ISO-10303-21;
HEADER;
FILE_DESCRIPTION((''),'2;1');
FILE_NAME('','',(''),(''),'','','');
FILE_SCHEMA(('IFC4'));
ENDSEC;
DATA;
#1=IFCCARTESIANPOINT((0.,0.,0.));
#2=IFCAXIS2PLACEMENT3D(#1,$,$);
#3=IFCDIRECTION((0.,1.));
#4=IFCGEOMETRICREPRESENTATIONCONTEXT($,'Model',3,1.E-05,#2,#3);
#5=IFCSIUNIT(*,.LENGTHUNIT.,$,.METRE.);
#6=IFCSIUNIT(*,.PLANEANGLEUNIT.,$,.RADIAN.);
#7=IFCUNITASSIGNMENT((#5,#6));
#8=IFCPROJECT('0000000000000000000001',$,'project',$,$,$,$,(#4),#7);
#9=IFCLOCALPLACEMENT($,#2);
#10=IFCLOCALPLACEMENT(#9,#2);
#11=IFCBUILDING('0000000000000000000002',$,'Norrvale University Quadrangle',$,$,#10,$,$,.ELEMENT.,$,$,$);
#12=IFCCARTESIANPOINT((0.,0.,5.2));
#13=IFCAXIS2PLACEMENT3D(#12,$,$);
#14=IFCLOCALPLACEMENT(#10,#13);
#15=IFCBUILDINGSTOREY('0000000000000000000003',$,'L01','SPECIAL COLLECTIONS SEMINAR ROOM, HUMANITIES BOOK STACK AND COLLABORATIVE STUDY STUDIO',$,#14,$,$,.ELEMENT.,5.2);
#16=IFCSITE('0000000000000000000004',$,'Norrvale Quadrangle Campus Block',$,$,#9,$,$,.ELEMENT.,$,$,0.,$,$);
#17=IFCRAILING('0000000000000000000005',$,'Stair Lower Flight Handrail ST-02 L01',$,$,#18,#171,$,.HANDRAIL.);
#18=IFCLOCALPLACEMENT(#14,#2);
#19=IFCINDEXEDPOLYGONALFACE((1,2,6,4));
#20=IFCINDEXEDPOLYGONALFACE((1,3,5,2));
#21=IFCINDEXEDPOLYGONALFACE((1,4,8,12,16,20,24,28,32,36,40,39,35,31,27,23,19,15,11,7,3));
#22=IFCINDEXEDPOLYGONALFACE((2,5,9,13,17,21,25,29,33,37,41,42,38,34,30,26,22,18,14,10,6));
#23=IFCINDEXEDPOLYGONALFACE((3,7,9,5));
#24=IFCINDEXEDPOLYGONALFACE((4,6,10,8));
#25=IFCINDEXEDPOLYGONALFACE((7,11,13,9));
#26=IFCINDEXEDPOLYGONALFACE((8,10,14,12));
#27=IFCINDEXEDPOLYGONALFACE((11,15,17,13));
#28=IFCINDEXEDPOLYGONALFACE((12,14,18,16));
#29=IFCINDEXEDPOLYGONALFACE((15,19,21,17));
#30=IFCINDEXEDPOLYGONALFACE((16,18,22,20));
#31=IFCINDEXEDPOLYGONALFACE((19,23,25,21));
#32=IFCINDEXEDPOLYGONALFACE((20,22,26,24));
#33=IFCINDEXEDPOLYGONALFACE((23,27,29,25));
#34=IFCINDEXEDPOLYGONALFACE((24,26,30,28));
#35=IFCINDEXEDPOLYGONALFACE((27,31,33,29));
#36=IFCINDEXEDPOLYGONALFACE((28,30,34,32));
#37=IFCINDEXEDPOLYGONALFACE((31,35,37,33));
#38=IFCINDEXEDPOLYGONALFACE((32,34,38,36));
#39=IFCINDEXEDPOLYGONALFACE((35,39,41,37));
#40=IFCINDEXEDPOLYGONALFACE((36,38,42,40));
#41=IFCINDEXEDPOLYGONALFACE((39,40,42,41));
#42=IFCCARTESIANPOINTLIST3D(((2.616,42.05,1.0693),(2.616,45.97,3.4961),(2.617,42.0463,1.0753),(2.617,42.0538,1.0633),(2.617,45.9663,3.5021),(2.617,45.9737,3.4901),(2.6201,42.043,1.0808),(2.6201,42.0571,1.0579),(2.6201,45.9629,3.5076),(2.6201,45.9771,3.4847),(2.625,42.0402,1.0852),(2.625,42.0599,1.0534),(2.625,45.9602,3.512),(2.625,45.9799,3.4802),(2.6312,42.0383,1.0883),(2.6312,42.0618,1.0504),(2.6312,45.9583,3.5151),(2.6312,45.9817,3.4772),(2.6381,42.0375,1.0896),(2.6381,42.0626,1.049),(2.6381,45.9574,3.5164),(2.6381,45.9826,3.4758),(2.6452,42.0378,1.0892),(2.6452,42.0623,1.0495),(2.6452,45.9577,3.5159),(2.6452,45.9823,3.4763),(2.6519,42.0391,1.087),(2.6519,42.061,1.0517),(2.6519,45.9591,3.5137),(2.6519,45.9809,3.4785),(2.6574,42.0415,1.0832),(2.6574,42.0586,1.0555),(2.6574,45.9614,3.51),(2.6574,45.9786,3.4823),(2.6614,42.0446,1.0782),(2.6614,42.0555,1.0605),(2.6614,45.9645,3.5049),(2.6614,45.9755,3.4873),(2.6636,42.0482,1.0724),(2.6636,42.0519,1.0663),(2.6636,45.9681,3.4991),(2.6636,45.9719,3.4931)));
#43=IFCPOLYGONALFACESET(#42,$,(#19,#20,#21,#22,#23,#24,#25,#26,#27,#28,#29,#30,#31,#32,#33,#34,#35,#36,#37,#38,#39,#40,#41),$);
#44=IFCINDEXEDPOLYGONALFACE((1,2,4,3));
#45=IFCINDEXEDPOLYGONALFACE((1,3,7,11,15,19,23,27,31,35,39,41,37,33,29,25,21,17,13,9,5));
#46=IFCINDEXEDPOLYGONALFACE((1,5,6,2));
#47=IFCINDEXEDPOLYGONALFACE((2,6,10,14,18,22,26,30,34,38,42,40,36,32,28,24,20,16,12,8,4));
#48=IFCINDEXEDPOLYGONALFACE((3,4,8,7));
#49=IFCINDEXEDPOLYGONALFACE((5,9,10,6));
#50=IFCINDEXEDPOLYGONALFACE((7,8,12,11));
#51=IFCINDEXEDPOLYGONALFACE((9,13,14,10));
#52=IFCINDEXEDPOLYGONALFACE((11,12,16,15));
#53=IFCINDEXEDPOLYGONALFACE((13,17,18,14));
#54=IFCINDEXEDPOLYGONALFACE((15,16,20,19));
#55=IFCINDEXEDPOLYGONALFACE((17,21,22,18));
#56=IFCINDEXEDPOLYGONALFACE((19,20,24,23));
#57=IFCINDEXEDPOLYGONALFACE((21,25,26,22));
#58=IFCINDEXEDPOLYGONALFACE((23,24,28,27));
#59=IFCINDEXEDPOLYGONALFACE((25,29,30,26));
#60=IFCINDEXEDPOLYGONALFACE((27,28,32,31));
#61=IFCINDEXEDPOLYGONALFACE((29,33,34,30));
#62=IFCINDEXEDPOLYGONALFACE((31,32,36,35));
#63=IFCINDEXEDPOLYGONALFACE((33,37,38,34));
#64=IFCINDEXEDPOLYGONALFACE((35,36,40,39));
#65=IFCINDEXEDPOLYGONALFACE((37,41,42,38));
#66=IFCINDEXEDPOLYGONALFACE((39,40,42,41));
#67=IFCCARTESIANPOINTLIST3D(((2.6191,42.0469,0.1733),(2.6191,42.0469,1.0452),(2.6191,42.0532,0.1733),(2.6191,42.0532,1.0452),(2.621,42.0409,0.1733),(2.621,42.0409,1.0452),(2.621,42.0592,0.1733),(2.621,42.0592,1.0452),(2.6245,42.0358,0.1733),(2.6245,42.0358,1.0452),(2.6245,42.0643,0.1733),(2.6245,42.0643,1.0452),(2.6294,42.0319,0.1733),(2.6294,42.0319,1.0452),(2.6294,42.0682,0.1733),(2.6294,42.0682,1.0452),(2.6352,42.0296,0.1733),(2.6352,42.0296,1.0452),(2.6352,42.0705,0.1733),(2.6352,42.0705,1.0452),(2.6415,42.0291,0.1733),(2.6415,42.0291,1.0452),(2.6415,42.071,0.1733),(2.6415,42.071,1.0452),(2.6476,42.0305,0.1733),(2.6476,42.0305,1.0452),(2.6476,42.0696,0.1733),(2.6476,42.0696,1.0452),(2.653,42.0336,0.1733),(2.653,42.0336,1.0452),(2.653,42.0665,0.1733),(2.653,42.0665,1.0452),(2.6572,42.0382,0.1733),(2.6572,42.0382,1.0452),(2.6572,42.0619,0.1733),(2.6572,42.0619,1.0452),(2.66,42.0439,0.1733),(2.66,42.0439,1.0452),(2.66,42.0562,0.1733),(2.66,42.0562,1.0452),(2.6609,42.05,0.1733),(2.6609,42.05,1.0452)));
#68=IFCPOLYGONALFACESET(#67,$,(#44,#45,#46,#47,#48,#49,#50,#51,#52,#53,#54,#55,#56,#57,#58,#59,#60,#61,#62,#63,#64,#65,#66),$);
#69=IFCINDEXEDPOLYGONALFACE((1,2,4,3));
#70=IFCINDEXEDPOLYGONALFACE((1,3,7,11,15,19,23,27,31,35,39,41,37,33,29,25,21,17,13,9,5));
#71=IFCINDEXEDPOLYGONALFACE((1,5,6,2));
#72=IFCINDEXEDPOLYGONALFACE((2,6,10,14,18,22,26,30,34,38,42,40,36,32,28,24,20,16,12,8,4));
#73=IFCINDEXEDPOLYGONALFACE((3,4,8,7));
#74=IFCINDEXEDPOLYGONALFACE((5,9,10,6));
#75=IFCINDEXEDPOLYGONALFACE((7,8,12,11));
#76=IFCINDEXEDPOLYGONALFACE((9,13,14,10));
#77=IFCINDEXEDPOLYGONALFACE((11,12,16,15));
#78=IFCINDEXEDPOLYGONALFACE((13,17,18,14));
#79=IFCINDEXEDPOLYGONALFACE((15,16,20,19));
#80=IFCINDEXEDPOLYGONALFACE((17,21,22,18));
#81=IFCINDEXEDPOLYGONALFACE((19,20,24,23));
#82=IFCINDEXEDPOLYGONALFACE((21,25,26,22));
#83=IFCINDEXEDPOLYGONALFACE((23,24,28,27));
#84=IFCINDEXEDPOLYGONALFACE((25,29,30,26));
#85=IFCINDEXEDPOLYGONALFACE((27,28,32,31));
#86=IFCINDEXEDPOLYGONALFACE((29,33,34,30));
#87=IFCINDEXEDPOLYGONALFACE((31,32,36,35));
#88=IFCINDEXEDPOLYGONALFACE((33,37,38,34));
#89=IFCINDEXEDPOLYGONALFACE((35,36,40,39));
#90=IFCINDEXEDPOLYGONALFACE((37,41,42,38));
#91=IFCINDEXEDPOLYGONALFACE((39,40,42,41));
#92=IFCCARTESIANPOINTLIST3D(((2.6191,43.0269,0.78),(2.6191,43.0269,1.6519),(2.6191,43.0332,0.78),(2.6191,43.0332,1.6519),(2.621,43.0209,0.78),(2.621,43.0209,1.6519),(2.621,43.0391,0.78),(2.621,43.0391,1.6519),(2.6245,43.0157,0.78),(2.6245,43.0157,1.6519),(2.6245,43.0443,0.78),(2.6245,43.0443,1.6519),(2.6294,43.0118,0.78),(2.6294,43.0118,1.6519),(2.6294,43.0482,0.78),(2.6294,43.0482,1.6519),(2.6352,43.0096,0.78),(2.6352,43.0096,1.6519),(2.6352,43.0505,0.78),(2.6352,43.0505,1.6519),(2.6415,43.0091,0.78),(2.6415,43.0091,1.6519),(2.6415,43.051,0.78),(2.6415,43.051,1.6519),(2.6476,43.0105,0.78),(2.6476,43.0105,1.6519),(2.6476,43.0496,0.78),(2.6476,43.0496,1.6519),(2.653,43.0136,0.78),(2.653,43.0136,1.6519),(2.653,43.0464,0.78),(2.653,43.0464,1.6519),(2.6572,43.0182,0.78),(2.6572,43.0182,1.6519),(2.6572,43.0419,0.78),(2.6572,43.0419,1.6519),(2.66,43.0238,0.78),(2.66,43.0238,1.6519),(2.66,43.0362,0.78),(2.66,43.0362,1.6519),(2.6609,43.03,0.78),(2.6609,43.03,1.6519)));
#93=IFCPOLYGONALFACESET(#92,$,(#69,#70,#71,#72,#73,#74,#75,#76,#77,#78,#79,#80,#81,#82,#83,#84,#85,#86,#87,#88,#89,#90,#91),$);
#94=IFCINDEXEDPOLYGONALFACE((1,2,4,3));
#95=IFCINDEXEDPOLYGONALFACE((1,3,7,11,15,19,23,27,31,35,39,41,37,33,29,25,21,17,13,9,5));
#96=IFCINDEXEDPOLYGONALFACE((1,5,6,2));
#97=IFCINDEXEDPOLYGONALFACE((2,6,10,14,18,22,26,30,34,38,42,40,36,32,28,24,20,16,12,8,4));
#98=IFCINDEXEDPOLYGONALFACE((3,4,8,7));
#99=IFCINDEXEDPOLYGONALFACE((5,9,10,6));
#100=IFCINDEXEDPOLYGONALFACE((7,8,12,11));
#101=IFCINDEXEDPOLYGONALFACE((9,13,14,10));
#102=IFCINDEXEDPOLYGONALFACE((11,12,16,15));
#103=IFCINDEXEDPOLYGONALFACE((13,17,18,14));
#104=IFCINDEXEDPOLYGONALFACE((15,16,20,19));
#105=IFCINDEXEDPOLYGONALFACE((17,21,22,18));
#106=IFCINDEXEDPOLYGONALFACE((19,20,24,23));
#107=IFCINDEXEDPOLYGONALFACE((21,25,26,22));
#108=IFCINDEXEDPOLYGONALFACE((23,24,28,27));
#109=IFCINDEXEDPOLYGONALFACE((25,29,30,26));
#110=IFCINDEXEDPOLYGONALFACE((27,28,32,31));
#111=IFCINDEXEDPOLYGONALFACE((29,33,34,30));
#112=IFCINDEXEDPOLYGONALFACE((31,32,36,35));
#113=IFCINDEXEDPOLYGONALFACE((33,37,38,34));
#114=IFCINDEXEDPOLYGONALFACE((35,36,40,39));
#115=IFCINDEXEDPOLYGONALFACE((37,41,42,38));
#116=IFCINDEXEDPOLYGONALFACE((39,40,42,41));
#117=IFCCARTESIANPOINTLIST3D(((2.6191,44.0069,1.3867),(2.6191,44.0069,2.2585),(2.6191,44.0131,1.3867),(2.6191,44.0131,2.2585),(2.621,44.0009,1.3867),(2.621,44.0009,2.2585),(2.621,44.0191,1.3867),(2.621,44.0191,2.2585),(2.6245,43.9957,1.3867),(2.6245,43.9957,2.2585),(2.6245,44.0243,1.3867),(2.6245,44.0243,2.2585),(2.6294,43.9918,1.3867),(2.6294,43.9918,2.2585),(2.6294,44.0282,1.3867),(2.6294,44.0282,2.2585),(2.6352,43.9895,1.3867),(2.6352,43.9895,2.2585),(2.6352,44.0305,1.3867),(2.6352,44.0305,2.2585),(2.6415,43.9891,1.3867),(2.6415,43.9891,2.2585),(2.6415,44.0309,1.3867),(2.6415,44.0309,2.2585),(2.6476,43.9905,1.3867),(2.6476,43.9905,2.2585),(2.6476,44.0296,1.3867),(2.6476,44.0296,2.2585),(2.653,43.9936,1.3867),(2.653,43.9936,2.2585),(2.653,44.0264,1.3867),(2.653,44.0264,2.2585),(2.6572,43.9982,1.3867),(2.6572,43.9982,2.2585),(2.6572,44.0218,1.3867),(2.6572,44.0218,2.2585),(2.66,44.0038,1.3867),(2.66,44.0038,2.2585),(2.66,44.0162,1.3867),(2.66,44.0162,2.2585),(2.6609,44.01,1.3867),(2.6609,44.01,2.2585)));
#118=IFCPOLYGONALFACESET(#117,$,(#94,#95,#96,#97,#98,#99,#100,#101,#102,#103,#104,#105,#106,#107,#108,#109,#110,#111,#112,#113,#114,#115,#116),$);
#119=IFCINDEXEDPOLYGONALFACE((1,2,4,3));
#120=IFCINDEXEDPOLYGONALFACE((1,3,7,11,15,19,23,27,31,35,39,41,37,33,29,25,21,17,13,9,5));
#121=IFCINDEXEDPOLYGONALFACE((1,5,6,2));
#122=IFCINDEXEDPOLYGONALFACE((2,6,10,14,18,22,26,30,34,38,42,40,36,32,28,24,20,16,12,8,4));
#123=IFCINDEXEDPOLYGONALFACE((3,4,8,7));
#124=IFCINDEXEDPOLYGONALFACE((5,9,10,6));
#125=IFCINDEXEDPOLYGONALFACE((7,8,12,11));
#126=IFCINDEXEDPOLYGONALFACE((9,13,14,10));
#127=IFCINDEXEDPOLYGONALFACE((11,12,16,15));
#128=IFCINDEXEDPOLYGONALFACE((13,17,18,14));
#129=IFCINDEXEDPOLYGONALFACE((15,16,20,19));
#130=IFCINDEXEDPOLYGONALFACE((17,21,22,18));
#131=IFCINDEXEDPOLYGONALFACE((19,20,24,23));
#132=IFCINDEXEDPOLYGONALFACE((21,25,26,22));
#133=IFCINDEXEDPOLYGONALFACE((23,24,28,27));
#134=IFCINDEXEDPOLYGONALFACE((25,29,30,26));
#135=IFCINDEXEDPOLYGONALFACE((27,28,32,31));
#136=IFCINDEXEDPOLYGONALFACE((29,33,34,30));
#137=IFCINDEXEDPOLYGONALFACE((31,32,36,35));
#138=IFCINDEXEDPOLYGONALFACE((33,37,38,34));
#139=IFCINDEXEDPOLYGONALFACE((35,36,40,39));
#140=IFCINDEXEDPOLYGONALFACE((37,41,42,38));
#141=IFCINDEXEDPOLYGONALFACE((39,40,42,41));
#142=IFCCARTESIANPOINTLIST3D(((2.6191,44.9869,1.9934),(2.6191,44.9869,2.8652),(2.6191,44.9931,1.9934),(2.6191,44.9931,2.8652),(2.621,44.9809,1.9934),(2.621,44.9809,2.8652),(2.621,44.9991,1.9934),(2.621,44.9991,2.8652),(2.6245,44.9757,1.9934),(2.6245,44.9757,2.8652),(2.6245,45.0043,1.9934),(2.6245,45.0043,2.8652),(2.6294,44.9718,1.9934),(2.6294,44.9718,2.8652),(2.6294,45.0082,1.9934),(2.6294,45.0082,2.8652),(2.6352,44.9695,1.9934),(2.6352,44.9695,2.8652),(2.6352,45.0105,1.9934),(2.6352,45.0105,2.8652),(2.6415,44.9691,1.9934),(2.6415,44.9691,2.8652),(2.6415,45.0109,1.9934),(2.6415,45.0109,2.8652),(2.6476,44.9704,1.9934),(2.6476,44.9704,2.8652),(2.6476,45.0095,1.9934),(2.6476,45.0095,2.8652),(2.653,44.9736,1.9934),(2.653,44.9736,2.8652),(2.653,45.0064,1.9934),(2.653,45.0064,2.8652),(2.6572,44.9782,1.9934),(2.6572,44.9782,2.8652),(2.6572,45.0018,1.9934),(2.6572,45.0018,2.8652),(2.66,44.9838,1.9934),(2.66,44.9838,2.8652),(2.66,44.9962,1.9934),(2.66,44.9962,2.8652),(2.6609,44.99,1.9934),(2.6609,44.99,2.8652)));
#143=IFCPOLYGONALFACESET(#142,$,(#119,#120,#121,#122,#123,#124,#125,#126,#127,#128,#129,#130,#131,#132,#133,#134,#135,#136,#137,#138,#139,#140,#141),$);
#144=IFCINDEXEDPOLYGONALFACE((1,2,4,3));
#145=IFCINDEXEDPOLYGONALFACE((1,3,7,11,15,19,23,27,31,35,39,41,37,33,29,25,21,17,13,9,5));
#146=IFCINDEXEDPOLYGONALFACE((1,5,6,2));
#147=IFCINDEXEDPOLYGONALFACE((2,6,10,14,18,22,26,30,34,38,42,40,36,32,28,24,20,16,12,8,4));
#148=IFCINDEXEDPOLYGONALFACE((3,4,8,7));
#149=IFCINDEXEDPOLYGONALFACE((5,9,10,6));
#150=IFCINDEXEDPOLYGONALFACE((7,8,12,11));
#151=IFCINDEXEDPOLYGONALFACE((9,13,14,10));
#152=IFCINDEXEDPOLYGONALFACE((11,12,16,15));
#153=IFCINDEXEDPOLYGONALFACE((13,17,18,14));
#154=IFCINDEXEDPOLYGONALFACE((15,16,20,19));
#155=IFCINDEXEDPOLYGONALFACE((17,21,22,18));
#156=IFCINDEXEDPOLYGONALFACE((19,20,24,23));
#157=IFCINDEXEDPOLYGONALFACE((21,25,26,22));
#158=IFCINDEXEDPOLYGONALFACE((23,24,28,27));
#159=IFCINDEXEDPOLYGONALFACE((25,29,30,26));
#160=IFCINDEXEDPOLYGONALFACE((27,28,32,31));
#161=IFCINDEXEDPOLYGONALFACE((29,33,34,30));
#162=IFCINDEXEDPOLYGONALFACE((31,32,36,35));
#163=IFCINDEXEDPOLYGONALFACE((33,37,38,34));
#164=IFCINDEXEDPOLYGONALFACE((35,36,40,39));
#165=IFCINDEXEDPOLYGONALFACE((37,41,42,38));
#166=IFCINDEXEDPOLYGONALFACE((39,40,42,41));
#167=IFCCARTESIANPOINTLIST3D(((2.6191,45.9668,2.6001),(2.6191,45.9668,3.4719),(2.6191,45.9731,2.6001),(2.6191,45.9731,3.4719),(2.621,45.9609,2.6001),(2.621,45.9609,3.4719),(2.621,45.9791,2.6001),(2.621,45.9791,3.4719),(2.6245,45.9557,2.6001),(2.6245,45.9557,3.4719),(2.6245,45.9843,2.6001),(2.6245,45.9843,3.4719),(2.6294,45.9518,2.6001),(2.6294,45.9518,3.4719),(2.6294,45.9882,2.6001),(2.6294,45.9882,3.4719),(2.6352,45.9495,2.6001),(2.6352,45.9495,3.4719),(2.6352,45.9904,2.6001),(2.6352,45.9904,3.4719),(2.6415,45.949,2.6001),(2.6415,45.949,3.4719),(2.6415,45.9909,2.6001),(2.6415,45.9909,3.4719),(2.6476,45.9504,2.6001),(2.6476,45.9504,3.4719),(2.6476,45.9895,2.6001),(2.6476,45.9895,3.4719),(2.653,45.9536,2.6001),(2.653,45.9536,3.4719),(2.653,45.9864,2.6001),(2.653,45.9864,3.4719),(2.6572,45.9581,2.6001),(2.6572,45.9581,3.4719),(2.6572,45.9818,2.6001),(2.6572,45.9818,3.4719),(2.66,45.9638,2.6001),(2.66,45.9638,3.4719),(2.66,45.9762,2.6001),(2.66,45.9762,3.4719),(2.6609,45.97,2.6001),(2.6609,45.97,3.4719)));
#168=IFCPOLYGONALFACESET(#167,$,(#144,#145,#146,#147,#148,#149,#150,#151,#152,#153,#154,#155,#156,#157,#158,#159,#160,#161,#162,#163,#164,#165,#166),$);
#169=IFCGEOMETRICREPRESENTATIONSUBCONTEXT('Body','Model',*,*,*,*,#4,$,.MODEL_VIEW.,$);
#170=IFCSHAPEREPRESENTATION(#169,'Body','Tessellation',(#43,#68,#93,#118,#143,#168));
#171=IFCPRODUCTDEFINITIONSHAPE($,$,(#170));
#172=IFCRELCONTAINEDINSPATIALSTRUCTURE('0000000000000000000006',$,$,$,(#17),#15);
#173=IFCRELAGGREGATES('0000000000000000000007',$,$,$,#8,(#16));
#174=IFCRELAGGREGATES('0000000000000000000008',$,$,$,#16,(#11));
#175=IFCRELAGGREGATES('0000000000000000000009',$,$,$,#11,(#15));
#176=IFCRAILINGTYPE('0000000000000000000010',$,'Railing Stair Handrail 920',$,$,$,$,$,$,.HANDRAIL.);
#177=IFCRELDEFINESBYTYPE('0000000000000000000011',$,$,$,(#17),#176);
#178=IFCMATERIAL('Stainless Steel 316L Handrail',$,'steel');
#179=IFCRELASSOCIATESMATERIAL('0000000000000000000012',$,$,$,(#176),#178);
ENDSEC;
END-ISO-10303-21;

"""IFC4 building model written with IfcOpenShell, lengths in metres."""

from ifc_helpers import new_model, si_unit, direction, frame, origin, origin_2d, place, context, subcontext, project, spatial, circle, extrude, material, type_object, element, save


model = new_model("IFC4")

# Units and contexts
model_context = context("Model", 3, precision=1e-05, world=origin(), true_north=direction((0.0, 1.0)))
body_context = subcontext(model_context, "Body", "Model", "MODEL_VIEW")
ifc_project = project(units=[si_unit("LENGTHUNIT", "METRE"), si_unit("PLANEANGLEUNIT", "RADIAN")], contexts=[model_context])

# Site, building, storey
site_placement = place(None, origin())
site = spatial("IfcSite", under=ifc_project, at=site_placement, Name="Norrvale Quadrangle Campus Block", CompositionType="ELEMENT", RefElevation=0.0)
building_placement = place(site_placement, origin())
building = spatial("IfcBuilding", under=site, at=building_placement, Name="Norrvale University Quadrangle", CompositionType="ELEMENT")
storey_placement = place(building_placement, frame((0.0, 0.0, 5.2)))
storey = spatial("IfcBuildingStorey", under=building, at=storey_placement, Name="L01", Description="SPECIAL COLLECTIONS SEMINAR ROOM, HUMANITIES BOOK STACK AND COLLABORATIVE STUDY STUDIO", CompositionType="ELEMENT", Elevation=5.2)

# Railing
ifc_material_1 = material(Name="Stainless Steel 316L Handrail", Category="steel")
railing_type_1 = type_object("IfcRailingType", Name="Railing Stair Handrail 920", PredefinedType="HANDRAIL", material=ifc_material_1)
railing_1_placement = place(storey_placement, frame((2.6399, 42.05, 0.1733)))
element("IfcRailing", 1, at=railing_1_placement, inside=storey, type_object=railing_type_1, Name="Stair Lower Flight Handrail ST-02 L01", PredefinedType="HANDRAIL", context=body_context, shape_type="SweptSolid", body=[
    extrude(circle(Radius=0.0239, at=origin_2d()), frame((0.0, 0.0, 0.896), z_axis=(0.0, 0.850252, 0.526376), x_axis=(-1.0, 0.0, 0.0)), (0.0, 0.0, 1.0), 4.6104),
    extrude(circle(Radius=0.021, at=origin_2d()), origin(), (0.0, 0.0, 1.0), 0.8718),
    extrude(circle(Radius=0.021, at=origin_2d()), frame((0.0, 0.98, 0.6067)), (0.0, 0.0, 1.0), 0.8718),
    extrude(circle(Radius=0.021, at=origin_2d()), frame((0.0, 1.96, 1.2134)), (0.0, 0.0, 1.0), 0.8718),
    extrude(circle(Radius=0.021, at=origin_2d()), frame((0.0, 2.9399, 1.8201)), (0.0, 0.0, 1.0), 0.8718),
    extrude(circle(Radius=0.021, at=origin_2d()), frame((0.0, 3.9199, 2.4268)), (0.0, 0.0, 1.0), 0.8718),
])

save(model, "model.ifc")
